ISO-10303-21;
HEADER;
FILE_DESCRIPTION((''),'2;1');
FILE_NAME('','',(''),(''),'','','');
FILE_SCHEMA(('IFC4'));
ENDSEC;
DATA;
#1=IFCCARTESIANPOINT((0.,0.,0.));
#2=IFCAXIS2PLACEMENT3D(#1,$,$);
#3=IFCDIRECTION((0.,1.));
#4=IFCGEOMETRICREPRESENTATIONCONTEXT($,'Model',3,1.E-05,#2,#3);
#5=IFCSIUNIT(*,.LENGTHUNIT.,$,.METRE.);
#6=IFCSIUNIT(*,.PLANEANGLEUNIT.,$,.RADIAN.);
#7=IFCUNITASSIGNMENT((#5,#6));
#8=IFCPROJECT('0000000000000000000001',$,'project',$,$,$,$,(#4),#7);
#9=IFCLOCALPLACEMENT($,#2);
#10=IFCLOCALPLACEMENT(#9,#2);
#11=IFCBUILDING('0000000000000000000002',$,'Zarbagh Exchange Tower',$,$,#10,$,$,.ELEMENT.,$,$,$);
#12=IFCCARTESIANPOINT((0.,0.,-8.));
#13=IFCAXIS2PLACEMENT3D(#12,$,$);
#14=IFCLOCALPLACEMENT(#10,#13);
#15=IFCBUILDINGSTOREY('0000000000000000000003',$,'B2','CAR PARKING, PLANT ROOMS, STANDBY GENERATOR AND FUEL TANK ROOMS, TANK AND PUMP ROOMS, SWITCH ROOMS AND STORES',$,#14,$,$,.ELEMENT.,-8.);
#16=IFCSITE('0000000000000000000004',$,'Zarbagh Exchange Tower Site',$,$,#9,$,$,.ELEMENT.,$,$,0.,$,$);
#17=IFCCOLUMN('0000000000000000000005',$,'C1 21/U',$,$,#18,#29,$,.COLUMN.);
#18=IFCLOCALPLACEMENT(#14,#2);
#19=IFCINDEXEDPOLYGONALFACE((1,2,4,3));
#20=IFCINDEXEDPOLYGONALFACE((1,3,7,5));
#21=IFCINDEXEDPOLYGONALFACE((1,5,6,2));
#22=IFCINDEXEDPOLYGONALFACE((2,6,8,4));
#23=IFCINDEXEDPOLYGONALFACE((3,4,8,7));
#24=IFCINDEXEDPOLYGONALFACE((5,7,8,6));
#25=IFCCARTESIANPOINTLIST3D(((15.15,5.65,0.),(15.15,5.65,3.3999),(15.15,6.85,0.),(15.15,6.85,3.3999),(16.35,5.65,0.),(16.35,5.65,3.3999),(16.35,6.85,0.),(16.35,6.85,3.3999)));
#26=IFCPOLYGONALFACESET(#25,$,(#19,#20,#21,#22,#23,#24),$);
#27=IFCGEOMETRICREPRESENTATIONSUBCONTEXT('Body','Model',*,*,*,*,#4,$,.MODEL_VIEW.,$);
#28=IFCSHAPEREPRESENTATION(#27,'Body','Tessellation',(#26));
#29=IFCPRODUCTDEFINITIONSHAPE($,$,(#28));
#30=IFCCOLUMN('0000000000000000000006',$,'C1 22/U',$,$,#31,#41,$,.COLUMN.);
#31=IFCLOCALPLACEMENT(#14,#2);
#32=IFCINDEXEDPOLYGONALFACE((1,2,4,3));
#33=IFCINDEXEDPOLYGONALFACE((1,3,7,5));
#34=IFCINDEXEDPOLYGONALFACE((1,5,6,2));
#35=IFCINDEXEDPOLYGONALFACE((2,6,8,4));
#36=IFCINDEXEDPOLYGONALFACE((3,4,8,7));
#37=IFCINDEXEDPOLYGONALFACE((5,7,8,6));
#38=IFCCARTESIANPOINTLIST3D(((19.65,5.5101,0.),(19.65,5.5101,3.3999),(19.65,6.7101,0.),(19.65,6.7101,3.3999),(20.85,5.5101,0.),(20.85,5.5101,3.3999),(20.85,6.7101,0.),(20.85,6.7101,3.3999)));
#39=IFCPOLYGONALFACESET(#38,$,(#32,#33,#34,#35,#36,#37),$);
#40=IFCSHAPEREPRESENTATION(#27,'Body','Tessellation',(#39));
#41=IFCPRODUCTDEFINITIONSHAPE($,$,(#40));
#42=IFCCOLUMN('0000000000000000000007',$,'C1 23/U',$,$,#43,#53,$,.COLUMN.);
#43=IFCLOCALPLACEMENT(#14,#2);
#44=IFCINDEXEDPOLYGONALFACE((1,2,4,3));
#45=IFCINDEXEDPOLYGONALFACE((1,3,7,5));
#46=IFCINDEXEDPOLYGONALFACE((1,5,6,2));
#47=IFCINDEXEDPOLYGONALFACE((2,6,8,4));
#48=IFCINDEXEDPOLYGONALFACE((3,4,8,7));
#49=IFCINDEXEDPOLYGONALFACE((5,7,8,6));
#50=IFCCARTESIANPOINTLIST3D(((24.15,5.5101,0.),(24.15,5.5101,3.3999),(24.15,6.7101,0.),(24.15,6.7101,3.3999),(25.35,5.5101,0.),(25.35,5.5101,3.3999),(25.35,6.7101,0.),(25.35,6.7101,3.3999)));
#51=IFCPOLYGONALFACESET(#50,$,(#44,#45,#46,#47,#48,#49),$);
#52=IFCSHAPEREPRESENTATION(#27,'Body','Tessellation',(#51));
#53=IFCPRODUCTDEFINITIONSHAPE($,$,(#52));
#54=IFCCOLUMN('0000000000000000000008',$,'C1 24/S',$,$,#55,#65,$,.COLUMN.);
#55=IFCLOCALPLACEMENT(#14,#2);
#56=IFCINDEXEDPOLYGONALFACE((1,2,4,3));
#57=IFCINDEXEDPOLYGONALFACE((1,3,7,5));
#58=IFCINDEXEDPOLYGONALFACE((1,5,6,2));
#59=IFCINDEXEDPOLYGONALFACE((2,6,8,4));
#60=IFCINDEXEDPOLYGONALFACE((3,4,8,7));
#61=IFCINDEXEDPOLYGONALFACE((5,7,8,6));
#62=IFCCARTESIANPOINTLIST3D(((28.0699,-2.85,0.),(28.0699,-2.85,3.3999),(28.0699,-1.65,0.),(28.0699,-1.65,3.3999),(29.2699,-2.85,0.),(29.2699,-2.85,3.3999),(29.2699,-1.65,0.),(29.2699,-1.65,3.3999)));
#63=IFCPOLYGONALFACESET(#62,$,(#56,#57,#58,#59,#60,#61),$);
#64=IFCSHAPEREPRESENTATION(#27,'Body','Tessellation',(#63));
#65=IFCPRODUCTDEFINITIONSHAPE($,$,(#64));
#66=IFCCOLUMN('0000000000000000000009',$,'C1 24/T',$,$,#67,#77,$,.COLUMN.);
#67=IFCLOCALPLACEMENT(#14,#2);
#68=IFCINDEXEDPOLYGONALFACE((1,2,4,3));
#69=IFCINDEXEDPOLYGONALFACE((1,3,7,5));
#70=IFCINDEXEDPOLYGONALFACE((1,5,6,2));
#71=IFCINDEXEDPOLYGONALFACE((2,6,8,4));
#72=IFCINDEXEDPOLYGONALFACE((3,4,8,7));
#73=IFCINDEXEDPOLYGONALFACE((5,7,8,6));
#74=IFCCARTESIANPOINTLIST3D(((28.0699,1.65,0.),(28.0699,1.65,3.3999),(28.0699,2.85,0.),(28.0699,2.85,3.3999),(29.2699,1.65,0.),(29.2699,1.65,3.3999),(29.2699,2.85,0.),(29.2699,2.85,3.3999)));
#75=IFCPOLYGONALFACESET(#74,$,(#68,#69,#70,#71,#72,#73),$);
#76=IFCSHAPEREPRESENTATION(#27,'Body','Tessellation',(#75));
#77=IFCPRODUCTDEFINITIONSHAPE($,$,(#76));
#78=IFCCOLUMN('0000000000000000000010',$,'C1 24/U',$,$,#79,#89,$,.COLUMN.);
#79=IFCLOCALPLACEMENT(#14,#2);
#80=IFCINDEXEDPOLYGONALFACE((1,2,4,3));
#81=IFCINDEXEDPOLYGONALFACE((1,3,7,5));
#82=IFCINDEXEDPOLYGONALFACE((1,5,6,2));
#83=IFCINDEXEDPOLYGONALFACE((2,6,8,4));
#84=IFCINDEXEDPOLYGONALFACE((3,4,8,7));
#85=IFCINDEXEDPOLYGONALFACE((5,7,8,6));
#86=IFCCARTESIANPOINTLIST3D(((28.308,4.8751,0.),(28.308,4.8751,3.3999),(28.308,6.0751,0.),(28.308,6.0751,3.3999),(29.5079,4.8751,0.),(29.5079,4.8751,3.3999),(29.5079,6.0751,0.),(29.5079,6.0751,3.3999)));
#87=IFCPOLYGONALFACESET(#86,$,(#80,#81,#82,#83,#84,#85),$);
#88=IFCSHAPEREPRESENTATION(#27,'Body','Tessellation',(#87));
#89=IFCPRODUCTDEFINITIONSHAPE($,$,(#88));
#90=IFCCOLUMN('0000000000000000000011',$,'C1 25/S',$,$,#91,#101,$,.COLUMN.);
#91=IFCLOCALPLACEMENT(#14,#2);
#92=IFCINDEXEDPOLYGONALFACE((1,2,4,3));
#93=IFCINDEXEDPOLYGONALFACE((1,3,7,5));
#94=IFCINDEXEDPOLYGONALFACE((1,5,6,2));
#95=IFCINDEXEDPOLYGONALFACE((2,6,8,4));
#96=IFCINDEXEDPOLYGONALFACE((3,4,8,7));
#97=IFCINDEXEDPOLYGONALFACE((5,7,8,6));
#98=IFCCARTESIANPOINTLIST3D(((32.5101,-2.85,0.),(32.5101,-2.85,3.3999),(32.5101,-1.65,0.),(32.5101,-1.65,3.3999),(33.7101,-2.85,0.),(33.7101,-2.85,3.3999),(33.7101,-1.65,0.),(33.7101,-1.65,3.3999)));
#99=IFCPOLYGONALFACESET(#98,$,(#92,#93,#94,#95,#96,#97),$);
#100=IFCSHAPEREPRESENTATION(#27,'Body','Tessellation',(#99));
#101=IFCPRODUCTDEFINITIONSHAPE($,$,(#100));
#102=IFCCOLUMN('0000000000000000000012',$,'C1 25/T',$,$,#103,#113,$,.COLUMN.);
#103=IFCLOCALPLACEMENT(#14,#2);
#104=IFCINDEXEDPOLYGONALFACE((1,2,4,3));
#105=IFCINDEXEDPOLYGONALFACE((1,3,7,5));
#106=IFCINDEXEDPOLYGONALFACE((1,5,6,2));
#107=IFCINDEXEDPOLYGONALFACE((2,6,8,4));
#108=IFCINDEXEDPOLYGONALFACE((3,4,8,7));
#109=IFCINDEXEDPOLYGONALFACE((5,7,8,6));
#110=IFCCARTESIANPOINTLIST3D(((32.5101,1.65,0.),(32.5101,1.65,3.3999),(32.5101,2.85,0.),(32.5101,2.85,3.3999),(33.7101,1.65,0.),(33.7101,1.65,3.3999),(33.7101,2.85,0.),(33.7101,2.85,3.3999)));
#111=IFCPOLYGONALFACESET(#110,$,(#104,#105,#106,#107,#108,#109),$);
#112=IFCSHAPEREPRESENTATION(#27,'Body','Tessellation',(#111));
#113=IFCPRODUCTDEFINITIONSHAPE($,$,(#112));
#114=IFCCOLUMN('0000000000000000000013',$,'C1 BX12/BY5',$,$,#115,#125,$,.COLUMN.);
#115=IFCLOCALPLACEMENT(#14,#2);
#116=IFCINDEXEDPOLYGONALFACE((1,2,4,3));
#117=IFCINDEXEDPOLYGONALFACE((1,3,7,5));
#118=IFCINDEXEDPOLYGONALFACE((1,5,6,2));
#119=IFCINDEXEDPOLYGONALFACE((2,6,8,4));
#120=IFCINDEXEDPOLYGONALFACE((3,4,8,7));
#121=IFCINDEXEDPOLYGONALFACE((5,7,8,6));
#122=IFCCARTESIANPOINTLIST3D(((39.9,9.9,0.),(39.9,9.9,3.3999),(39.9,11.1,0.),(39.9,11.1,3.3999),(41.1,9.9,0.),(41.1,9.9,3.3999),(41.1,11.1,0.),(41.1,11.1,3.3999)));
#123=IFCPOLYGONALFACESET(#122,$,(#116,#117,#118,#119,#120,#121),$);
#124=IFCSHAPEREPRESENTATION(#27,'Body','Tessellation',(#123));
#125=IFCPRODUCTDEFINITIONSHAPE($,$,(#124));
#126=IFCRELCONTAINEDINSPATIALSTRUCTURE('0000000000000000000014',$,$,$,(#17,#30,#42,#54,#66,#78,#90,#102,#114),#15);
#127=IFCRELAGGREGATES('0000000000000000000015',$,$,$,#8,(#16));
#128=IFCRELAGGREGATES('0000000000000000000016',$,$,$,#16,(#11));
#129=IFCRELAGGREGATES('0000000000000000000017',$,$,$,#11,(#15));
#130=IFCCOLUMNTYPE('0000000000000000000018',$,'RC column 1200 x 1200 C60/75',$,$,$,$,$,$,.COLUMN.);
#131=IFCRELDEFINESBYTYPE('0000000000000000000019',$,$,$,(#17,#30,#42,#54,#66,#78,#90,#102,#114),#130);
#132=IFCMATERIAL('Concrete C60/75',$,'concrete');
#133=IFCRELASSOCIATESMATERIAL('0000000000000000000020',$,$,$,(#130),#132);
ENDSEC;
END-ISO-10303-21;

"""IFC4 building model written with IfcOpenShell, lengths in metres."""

from ifc_helpers import new_model, si_unit, direction, frame, origin, origin_2d, place, context, subcontext, project, spatial, rectangle, extrude, material, material_profile, profile_set, type_object, element, save


model = new_model("IFC4")

# Units and contexts
model_context = context("Model", 3, precision=1e-05, world=origin(), true_north=direction((0.0, 1.0)))
body_context = subcontext(model_context, "Body", "Model", "MODEL_VIEW")
ifc_project = project(units=[si_unit("LENGTHUNIT", "METRE"), si_unit("PLANEANGLEUNIT", "RADIAN")], contexts=[model_context])

# Site, building, storey
site_placement = place(None, origin())
site = spatial("IfcSite", under=ifc_project, at=site_placement, Name="Zarbagh Exchange Tower Site", CompositionType="ELEMENT", RefElevation=0.0)
building_placement = place(site_placement, origin())
building = spatial("IfcBuilding", under=site, at=building_placement, Name="Zarbagh Exchange Tower", CompositionType="ELEMENT")
storey_placement = place(building_placement, frame((0.0, 0.0, -8.0)))
storey = spatial("IfcBuildingStorey", under=building, at=storey_placement, Name="B2", Description="CAR PARKING, PLANT ROOMS, STANDBY GENERATOR AND FUEL TANK ROOMS, TANK AND PUMP ROOMS, SWITCH ROOMS AND STORES", CompositionType="ELEMENT", Elevation=-8.0)

# Columns
ifc_material_1 = material(Name="Concrete C60/75", Category="concrete")
ifc_material_profile_1 = material_profile(ifc_material_1, rectangle(XDim=1.2, YDim=1.2, at=origin_2d()), Name="RC column 1200 x 1200 C60/75")
ifc_profile_set_1 = profile_set([ifc_material_profile_1], Name="Concrete C60/75")
column_type = type_object("IfcColumnType", Name="RC column 1200 x 1200 C60/75", PredefinedType="COLUMN", material=ifc_profile_set_1)
for number, where, z_axis, x_axis, name in (
    (1, (15.75, 6.25, 0.0), (0.0, 0.0, 1.0), (1.0, 0.0, 0.0), "C1 21/U"),
    (2, (20.25, 6.1101, 0.0), (0.0, 0.0, 1.0), (1.0, 0.0, 0.0), "C1 22/U"),
    (3, (24.75, 6.1101, 0.0), (0.0, 0.0, 1.0), (1.0, 0.0, 0.0), "C1 23/U"),
    (4, (28.6699, -2.25, 0.0), (0.0, 0.0, 1.0), (1.0, 0.0, 0.0), "C1 24/S"),
    (5, (28.6699, 2.25, 0.0), (0.0, 0.0, 1.0), (1.0, 0.0, 0.0), "C1 24/T"),
    (6, (28.908, 5.4751, 0.0), (0.0, 0.0, 1.0), (1.0, 0.0, 0.0), "C1 24/U"),
    (7, (33.1101, -2.25, 0.0), (0.0, 0.0, 1.0), (1.0, 0.0, 0.0), "C1 25/S"),
    (8, (33.1101, 2.25, 0.0), (0.0, 0.0, 1.0), (1.0, 0.0, 0.0), "C1 25/T"),
    (9, (40.5, 10.5, 0.0), (0.0, 0.0, 1.0), (1.0, 0.0, 0.0), "C1 BX12/BY5"),
):
    element("IfcColumn", number, at=place(storey_placement, frame(where, z_axis=z_axis, x_axis=x_axis)), inside=storey, type_object=column_type, Name=name, PredefinedType="COLUMN", context=body_context, shape_type="SweptSolid", body=[
        extrude(rectangle(XDim=1.2, YDim=1.2, at=origin_2d()), origin(), (0.0, 0.0, 1.0), 3.3999),
    ])

save(model, "model.ifc")
